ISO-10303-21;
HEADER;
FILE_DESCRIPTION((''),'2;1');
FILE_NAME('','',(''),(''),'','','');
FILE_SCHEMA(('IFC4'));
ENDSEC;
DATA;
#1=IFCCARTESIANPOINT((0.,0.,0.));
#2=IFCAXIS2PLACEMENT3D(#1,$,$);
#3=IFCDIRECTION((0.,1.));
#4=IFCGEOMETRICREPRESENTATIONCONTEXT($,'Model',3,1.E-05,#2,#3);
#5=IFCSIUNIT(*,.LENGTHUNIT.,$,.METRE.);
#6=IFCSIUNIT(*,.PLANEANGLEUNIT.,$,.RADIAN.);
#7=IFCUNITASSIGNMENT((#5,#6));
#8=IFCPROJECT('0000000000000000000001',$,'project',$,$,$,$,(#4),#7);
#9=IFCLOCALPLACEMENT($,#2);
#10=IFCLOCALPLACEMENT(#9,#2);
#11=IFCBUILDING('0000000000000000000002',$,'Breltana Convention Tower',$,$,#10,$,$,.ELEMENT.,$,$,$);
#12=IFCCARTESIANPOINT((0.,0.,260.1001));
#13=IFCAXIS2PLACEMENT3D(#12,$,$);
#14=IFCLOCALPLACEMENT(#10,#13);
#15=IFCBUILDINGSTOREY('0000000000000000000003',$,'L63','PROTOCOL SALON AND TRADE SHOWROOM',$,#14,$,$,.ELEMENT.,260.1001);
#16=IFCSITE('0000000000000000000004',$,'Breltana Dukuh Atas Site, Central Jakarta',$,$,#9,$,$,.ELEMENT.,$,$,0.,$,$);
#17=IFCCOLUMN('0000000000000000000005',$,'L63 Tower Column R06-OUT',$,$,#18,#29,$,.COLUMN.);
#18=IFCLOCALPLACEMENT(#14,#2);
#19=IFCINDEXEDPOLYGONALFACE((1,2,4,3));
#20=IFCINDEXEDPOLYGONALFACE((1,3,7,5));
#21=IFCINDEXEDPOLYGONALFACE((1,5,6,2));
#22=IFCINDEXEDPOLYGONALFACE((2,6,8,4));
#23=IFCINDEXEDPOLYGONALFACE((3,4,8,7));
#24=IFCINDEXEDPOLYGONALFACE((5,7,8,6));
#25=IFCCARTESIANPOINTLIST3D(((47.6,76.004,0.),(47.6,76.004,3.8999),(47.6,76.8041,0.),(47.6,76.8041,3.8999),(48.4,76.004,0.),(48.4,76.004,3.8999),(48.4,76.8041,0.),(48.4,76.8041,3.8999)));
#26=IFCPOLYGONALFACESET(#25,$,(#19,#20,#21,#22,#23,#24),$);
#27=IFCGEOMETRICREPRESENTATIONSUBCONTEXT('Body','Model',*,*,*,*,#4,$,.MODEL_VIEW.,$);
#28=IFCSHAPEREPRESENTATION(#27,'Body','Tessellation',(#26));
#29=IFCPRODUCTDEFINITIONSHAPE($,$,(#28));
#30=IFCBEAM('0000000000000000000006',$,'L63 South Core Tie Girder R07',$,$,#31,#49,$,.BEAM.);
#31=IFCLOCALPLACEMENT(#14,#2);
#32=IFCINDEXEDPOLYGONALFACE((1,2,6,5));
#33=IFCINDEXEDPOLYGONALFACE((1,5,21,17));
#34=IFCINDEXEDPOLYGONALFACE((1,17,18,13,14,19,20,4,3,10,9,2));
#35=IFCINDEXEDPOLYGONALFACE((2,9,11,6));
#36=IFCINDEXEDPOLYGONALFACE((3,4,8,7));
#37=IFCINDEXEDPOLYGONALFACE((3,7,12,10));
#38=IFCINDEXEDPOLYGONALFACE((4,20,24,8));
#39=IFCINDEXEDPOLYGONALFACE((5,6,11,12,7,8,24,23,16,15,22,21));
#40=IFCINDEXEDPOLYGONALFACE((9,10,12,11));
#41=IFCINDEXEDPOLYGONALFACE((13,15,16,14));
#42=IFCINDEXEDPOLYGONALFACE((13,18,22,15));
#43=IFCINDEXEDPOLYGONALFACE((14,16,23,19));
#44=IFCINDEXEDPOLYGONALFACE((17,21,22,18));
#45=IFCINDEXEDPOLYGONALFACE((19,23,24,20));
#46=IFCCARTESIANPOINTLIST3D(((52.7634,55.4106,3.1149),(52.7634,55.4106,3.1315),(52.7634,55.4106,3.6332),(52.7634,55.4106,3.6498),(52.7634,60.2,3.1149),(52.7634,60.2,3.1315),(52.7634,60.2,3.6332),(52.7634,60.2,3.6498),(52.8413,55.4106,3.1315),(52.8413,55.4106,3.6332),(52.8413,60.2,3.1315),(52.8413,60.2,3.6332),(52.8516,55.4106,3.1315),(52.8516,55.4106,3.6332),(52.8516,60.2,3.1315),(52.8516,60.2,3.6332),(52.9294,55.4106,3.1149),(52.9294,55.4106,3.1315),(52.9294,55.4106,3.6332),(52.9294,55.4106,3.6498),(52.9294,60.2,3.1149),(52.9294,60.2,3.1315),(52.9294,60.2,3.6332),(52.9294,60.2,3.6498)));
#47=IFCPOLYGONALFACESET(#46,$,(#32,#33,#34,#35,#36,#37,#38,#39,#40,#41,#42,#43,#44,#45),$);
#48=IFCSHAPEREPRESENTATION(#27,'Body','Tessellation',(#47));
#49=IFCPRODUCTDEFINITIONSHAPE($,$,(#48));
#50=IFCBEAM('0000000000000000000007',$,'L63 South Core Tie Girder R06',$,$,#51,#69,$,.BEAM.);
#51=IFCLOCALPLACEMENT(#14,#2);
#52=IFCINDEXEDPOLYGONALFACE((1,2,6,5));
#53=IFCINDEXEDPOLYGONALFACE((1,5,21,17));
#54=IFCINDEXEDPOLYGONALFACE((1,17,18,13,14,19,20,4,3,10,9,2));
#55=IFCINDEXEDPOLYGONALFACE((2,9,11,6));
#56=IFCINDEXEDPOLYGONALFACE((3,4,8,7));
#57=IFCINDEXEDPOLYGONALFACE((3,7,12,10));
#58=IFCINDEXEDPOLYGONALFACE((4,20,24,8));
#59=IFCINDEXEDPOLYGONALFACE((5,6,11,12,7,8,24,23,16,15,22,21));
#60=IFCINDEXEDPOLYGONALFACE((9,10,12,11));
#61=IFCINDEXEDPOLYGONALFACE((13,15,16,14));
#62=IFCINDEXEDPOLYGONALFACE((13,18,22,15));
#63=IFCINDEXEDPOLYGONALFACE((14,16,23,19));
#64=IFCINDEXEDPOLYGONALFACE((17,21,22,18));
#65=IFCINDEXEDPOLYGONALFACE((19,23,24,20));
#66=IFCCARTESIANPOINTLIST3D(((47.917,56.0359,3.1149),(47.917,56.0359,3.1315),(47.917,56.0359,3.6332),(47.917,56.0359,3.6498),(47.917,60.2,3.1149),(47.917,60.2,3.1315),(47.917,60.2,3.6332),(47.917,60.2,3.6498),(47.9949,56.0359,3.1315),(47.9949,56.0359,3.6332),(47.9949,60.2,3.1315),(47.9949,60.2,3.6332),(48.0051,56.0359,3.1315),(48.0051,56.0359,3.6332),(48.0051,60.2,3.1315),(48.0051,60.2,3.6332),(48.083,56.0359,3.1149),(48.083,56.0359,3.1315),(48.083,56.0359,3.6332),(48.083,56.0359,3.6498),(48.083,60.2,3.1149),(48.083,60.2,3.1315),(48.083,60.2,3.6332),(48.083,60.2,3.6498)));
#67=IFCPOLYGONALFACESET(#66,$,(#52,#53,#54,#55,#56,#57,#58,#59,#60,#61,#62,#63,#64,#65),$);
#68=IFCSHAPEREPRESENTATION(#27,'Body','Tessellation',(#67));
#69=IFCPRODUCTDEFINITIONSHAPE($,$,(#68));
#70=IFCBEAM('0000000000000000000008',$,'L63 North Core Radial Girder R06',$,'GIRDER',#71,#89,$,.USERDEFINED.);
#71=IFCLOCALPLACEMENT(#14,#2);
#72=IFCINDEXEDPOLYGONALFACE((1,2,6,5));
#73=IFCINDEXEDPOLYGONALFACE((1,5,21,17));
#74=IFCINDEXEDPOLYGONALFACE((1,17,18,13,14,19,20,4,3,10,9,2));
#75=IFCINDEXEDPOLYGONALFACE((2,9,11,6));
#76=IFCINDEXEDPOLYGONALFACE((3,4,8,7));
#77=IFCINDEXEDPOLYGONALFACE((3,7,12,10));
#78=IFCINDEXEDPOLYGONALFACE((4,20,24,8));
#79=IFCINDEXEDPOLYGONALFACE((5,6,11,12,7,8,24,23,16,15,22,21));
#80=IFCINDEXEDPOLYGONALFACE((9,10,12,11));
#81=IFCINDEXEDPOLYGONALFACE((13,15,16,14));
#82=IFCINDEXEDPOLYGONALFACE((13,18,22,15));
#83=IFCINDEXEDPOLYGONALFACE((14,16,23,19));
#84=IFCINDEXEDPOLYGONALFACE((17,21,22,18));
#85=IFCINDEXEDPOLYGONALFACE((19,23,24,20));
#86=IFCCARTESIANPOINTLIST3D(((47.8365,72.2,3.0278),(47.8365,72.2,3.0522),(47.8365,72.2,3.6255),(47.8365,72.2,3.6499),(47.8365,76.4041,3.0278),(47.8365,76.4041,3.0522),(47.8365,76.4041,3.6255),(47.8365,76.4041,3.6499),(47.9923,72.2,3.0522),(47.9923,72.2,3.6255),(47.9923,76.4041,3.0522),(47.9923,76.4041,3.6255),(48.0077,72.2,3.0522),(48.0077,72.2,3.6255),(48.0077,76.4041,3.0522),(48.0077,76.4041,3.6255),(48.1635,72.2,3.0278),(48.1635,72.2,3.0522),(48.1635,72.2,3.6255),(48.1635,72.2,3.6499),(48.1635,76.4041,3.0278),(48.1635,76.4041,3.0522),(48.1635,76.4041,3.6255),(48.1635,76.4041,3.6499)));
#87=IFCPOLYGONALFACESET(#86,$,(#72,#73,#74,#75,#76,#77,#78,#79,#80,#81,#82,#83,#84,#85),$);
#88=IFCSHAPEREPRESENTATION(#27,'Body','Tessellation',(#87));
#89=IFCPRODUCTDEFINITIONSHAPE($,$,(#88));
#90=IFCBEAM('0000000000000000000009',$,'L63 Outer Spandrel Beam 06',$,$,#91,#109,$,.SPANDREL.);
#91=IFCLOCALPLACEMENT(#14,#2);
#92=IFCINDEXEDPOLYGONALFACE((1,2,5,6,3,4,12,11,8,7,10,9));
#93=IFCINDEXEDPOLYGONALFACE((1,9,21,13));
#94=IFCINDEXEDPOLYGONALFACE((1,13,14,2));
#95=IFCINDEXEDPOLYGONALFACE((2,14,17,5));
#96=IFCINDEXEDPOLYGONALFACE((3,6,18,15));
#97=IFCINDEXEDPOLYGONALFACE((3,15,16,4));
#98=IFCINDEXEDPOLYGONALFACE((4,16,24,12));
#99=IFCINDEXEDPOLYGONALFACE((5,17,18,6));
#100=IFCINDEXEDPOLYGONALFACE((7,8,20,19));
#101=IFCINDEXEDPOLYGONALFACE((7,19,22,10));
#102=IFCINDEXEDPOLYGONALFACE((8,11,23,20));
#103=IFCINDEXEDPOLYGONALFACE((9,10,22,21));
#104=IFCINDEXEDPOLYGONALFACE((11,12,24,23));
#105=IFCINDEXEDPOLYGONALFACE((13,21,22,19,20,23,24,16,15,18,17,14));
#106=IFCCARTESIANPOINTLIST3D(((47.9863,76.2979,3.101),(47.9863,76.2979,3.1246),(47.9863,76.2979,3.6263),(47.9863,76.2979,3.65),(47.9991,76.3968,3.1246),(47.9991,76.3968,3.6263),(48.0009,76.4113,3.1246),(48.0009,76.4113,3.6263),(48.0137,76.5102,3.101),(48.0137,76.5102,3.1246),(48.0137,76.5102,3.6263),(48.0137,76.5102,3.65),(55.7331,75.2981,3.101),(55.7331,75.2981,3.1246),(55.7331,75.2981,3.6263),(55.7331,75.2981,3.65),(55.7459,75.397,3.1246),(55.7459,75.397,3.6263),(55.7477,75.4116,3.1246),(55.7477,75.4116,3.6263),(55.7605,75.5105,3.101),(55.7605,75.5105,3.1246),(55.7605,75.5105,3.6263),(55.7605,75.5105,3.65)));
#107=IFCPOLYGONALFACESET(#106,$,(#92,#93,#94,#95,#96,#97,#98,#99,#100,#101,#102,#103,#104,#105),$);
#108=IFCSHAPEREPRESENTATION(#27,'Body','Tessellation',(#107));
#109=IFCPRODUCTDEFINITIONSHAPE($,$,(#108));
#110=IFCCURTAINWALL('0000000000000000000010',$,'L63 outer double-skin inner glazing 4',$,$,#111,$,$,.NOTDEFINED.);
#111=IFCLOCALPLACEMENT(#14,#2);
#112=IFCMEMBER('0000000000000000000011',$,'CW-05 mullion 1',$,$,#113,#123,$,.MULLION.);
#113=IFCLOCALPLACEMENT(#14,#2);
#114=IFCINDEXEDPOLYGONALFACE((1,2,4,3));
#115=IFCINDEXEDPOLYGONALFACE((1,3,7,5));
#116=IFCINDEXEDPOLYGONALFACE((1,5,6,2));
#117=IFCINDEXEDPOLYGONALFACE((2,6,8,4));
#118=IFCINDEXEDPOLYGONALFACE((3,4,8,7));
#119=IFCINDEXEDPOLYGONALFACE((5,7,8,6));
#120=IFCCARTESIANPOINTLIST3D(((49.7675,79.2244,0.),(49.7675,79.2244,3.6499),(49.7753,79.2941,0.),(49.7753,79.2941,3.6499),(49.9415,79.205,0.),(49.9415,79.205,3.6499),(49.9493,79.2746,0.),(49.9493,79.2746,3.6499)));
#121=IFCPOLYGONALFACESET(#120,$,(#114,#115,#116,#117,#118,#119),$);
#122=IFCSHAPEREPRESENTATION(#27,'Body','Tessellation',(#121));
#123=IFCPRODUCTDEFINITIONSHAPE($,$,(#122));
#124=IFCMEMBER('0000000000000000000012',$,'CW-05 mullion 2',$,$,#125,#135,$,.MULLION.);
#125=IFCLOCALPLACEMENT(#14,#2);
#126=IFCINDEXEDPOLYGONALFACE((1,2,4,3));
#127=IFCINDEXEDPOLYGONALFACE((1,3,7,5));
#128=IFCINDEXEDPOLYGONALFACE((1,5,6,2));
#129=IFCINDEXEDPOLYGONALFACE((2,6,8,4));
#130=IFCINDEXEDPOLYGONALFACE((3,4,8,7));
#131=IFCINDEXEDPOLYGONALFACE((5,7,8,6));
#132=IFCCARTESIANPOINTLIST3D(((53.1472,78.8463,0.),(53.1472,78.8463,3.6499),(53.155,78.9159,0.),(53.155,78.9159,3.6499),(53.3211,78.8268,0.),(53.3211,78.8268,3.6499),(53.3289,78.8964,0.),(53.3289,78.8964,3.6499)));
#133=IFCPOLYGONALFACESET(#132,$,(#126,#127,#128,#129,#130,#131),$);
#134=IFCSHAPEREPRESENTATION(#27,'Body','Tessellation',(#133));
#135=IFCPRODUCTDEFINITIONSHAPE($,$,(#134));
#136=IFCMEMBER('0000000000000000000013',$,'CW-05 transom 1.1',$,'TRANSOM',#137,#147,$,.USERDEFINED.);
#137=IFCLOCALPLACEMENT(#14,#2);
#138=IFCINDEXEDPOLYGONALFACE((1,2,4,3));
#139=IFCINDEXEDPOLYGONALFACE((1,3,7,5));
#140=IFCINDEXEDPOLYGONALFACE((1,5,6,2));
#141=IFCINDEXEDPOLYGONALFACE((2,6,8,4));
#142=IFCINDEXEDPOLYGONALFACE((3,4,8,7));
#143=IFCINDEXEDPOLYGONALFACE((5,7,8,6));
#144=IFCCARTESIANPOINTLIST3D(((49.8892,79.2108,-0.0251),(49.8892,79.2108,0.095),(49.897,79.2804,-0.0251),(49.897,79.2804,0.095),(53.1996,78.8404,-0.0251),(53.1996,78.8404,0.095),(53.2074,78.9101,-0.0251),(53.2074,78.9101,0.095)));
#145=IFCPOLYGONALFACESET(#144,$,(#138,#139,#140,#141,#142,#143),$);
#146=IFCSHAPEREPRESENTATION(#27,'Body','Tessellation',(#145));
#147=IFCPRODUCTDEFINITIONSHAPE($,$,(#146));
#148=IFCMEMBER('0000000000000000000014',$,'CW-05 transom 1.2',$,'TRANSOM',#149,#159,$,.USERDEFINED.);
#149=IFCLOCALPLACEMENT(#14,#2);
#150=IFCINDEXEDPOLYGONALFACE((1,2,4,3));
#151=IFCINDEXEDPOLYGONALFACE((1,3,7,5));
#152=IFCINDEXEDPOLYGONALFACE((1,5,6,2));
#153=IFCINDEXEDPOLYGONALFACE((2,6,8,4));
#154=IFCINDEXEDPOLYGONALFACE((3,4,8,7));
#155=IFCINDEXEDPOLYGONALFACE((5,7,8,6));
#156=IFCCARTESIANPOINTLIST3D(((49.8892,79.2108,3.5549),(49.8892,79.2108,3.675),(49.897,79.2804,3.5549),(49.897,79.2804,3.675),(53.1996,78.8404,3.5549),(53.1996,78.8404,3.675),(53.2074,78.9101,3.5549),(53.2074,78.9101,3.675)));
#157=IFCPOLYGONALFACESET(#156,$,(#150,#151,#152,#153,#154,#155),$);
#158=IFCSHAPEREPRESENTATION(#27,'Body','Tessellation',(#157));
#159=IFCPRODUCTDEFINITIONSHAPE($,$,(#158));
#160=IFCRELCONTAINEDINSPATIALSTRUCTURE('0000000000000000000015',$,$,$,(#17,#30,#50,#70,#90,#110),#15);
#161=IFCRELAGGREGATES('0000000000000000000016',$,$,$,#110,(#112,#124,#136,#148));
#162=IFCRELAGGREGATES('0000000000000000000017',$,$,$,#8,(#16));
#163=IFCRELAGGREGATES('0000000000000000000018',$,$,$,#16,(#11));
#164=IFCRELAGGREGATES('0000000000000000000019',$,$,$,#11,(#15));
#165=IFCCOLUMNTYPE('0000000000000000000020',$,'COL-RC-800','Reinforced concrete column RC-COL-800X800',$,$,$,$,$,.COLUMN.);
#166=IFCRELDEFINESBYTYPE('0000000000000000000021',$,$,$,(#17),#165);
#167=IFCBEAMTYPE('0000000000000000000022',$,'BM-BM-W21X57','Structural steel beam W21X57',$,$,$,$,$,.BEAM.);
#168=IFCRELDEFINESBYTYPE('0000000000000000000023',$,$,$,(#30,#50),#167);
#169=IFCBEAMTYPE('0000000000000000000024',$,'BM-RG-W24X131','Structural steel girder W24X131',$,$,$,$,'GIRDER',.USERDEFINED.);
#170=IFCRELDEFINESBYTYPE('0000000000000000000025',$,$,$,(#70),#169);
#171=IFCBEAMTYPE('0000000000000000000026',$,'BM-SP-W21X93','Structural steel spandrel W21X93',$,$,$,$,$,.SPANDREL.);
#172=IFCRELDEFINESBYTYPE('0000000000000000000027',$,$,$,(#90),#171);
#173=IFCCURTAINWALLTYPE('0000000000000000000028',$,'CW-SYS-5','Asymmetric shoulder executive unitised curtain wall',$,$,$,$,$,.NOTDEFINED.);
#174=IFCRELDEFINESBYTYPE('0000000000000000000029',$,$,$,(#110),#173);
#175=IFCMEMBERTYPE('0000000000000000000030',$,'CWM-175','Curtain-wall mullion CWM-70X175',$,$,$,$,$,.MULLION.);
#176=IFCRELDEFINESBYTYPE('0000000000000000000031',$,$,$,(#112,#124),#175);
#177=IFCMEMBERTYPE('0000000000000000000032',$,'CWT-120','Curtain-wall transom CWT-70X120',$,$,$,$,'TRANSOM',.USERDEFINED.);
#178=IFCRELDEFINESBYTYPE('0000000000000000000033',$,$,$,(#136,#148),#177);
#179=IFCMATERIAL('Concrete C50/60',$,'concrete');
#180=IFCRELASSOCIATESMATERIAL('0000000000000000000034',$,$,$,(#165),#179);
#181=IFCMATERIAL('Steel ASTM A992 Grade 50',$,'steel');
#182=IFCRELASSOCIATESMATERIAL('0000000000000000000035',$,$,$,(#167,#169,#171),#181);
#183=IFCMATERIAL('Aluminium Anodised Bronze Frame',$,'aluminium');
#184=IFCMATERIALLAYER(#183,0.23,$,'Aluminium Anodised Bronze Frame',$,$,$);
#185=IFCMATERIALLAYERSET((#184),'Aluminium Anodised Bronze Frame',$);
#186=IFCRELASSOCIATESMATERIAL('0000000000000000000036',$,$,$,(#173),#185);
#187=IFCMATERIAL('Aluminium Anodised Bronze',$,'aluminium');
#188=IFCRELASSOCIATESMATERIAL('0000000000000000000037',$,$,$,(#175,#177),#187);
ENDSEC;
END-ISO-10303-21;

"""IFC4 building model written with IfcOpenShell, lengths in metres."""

from ifc_helpers import new_model, si_unit, direction, frame, origin, origin_2d, place, context, subcontext, project, spatial, rectangle, i_section, extrude, source, transform, mapped, material, layer, layer_set, material_profile, profile_set, type_object, element, aggregate, save


model = new_model("IFC4")

# Units and contexts
model_context = context("Model", 3, precision=1e-05, world=origin(), true_north=direction((0.0, 1.0)))
body_context = subcontext(model_context, "Body", "Model", "MODEL_VIEW")
ifc_project = project(units=[si_unit("LENGTHUNIT", "METRE"), si_unit("PLANEANGLEUNIT", "RADIAN")], contexts=[model_context])

# Site, building, storey
site_placement = place(None, origin())
site = spatial("IfcSite", under=ifc_project, at=site_placement, Name="Breltana Dukuh Atas Site, Central Jakarta", CompositionType="ELEMENT", RefElevation=0.0)
building_placement = place(site_placement, origin())
building = spatial("IfcBuilding", under=site, at=building_placement, Name="Breltana Convention Tower", CompositionType="ELEMENT")
storey_placement = place(building_placement, frame((0.0, 0.0, 260.1001)))
storey = spatial("IfcBuildingStorey", under=building, at=storey_placement, Name="L63", Description="PROTOCOL SALON AND TRADE SHOWROOM", CompositionType="ELEMENT", Elevation=260.1001)

# Column
ifc_material_1 = material(Name="Concrete C50/60", Category="concrete")
ifc_material_profile_1 = material_profile(ifc_material_1, rectangle(XDim=0.8, YDim=0.8, at=origin_2d()), Name="RC-COL-800X800")
ifc_profile_set_1 = profile_set([ifc_material_profile_1], Name="Concrete C50/60")
column_type = type_object("IfcColumnType", Name="COL-RC-800", Description="Reinforced concrete column RC-COL-800X800", PredefinedType="COLUMN", material=ifc_profile_set_1)
shared_shape_1 = source(origin(), body_context, "Body", "SweptSolid", [
    extrude(rectangle(XDim=0.8, YDim=0.8, at=origin_2d()), origin(), (0.0, 0.0, 1.0), 3.8999),
])
column_placement = place(storey_placement, frame((48.0, 76.4041, 0.0), z_axis=(0.0, 0.0, 1.0), x_axis=(0.0, 1.0, 0.0)))
element("IfcColumn", 1, at=column_placement, inside=storey, type_object=column_type, Name="L63 Tower Column R06-OUT", PredefinedType="COLUMN", context=body_context, shape_type="MappedRepresentation", body=[
    mapped(shared_shape_1, transform((0.0, 0.0, 0.0), scale=1.0)),
])

# Beams
ifc_material_2 = material(Name="Steel ASTM A992 Grade 50", Category="steel")
ifc_material_profile_2 = material_profile(ifc_material_2, i_section(OverallWidth=0.166, OverallDepth=0.5349, WebThickness=0.0103, FlangeThickness=0.0166, at=origin_2d()), Name="W21X57")
ifc_profile_set_2 = profile_set([ifc_material_profile_2], Name="Steel ASTM A992 Grade 50")
beam_type_1 = type_object("IfcBeamType", Name="BM-BM-W21X57", Description="Structural steel beam W21X57", PredefinedType="BEAM", material=ifc_profile_set_2)
shared_shape_2 = source(origin(), body_context, "Body", "SweptSolid", [
    extrude(i_section(OverallWidth=0.166, OverallDepth=0.5349, WebThickness=0.0103, FlangeThickness=0.0166, at=origin_2d()), origin(), (0.0, 0.0, 1.0), 4.7893),
])
beam_1_placement = place(storey_placement, frame((52.8464, 60.2, 3.3823), z_axis=(0.0, -1.0, 0.0), x_axis=(1.0, 0.0, 0.0)))
element("IfcBeam", 2, at=beam_1_placement, inside=storey, type_object=beam_type_1, Name="L63 South Core Tie Girder R07", PredefinedType="BEAM", context=body_context, shape_type="MappedRepresentation", body=[
    mapped(shared_shape_2, transform((0.0, 0.0, 0.0), scale=1.0)),
])
shared_shape_3 = source(origin(), body_context, "Body", "SweptSolid", [
    extrude(i_section(OverallWidth=0.166, OverallDepth=0.5349, WebThickness=0.0103, FlangeThickness=0.0166, at=origin_2d()), origin(), (0.0, 0.0, 1.0), 4.1641),
])
beam_2_placement = place(storey_placement, frame((48.0, 60.2, 3.3823), z_axis=(0.0, -1.0, 0.0), x_axis=(1.0, 0.0, 0.0)))
element("IfcBeam", 3, at=beam_2_placement, inside=storey, type_object=beam_type_1, Name="L63 South Core Tie Girder R06", PredefinedType="BEAM", context=body_context, shape_type="MappedRepresentation", body=[
    mapped(shared_shape_3, transform((0.0, 0.0, 0.0), scale=1.0)),
])
ifc_material_profile_3 = material_profile(ifc_material_2, i_section(OverallWidth=0.3269, OverallDepth=0.6221, WebThickness=0.0154, FlangeThickness=0.0244, at=origin_2d()), Name="W24X131")
ifc_profile_set_3 = profile_set([ifc_material_profile_3], Name="Steel ASTM A992 Grade 50")
beam_type_2 = type_object("IfcBeamType", Name="BM-RG-W24X131", Description="Structural steel girder W24X131", ElementType="GIRDER", PredefinedType="USERDEFINED", material=ifc_profile_set_3)
shared_shape_4 = source(origin(), body_context, "Body", "SweptSolid", [
    extrude(i_section(OverallWidth=0.3269, OverallDepth=0.6221, WebThickness=0.0154, FlangeThickness=0.0244, at=origin_2d()), origin(), (0.0, 0.0, 1.0), 4.2041),
])
beam_3_placement = place(storey_placement, frame((48.0, 72.2, 3.3389), z_axis=(0.0, 1.0, 0.0), x_axis=(-1.0, 0.0, 0.0)))
element("IfcBeam", 4, at=beam_3_placement, inside=storey, type_object=beam_type_2, Name="L63 North Core Radial Girder R06", ObjectType="GIRDER", PredefinedType="USERDEFINED", context=body_context, shape_type="MappedRepresentation", body=[
    mapped(shared_shape_4, transform((0.0, 0.0, 0.0), scale=1.0)),
])
ifc_material_profile_4 = material_profile(ifc_material_2, i_section(OverallWidth=0.2141, OverallDepth=0.5491, WebThickness=0.0146, FlangeThickness=0.0237, at=origin_2d()), Name="W21X93")
ifc_profile_set_4 = profile_set([ifc_material_profile_4], Name="Steel ASTM A992 Grade 50")
beam_type_3 = type_object("IfcBeamType", Name="BM-SP-W21X93", Description="Structural steel spandrel W21X93", PredefinedType="SPANDREL", material=ifc_profile_set_4)
shared_shape_5 = source(origin(), body_context, "Body", "SweptSolid", [
    extrude(i_section(OverallWidth=0.2141, OverallDepth=0.5491, WebThickness=0.0146, FlangeThickness=0.0237, at=origin_2d()), origin(), (0.0, 0.0, 1.0), 7.811),
])
beam_4_placement = place(storey_placement, frame((48.0, 76.4041, 3.3755), z_axis=(0.991775, -0.127992, 0.0), x_axis=(0.127992, 0.991775, 0.0)))
element("IfcBeam", 5, at=beam_4_placement, inside=storey, type_object=beam_type_3, Name="L63 Outer Spandrel Beam 06", PredefinedType="SPANDREL", context=body_context, shape_type="MappedRepresentation", body=[
    mapped(shared_shape_5, transform((0.0, 0.0, 0.0), scale=1.0)),
])

# Curtain wall, members
ifc_material_3 = material(Name="Aluminium Anodised Bronze Frame", Category="aluminium")
ifc_layer_1 = layer(ifc_material_3, 0.23, Name="Aluminium Anodised Bronze Frame")
ifc_layer_set_1 = layer_set([ifc_layer_1], Name="Aluminium Anodised Bronze Frame")
curtain_wall_type = type_object("IfcCurtainWallType", Name="CW-SYS-5", Description="Asymmetric shoulder executive unitised curtain wall", PredefinedType="NOTDEFINED", material=ifc_layer_set_1)
curtain_wall_placement = place(storey_placement, origin())
curtain_wall = element("IfcCurtainWall", 6, at=curtain_wall_placement, inside=storey, type_object=curtain_wall_type, Name="L63 outer double-skin inner glazing 4", PredefinedType="NOTDEFINED")
ifc_material_4 = material(Name="Aluminium Anodised Bronze", Category="aluminium")
ifc_material_profile_5 = material_profile(ifc_material_4, rectangle(XDim=0.0701, YDim=0.175, at=origin_2d()), Name="CWM-70X175")
ifc_profile_set_5 = profile_set([ifc_material_profile_5], Name="Aluminium Anodised Bronze")
member_type_1 = type_object("IfcMemberType", Name="CWM-175", Description="Curtain-wall mullion CWM-70X175", PredefinedType="MULLION", material=ifc_profile_set_5)
shared_shape_6 = source(origin(), body_context, "Body", "SweptSolid", [
    extrude(rectangle(XDim=0.0701, YDim=0.175, at=origin_2d()), origin(), (0.0, 0.0, 1.0), 3.6499),
])
member_1_placement = place(storey_placement, frame((49.8584, 79.2495, 0.0), z_axis=(0.0, 0.0, 1.0), x_axis=(0.111241, 0.993793, 0.0)))
member_1 = element("IfcMember", 7, at=member_1_placement, type_object=member_type_1, Name="CW-05 mullion 1", PredefinedType="MULLION", context=body_context, shape_type="MappedRepresentation", body=[
    mapped(shared_shape_6, transform((0.0, 0.0, 0.0), scale=1.0)),
])
member_2_placement = place(storey_placement, frame((53.238, 78.8713, 0.0), z_axis=(0.0, 0.0, 1.0), x_axis=(0.111241, 0.993793, 0.0)))
member_2 = element("IfcMember", 8, at=member_2_placement, type_object=member_type_1, Name="CW-05 mullion 2", PredefinedType="MULLION", context=body_context, shape_type="MappedRepresentation", body=[
    mapped(shared_shape_6, transform((0.0, 0.0, 0.0), scale=1.0)),
])
ifc_material_profile_6 = material_profile(ifc_material_4, rectangle(XDim=0.0701, YDim=0.1201, at=origin_2d()), Name="CWT-70X120")
ifc_profile_set_6 = profile_set([ifc_material_profile_6], Name="Aluminium Anodised Bronze")
member_type_2 = type_object("IfcMemberType", Name="CWT-120", Description="Curtain-wall transom CWT-70X120", ElementType="TRANSOM", PredefinedType="USERDEFINED", material=ifc_profile_set_6)
shared_shape_7 = source(origin(), body_context, "Body", "SweptSolid", [
    extrude(rectangle(XDim=0.0701, YDim=0.1201, at=origin_2d()), origin(), (0.0, 0.0, 1.0), 3.3311),
])
member_3_placement = place(storey_placement, frame((49.8931, 79.2456, 0.0349), z_axis=(0.993799, -0.111188, 0.0), x_axis=(0.111188, 0.993799, 0.0)))
member_3 = element("IfcMember", 9, at=member_3_placement, type_object=member_type_2, Name="CW-05 transom 1.1", ObjectType="TRANSOM", PredefinedType="USERDEFINED", context=body_context, shape_type="MappedRepresentation", body=[
    mapped(shared_shape_7, transform((0.0, 0.0, 0.0), scale=1.0)),
])
member_4_placement = place(storey_placement, frame((49.8931, 79.2456, 3.615), z_axis=(0.993799, -0.111188, 0.0), x_axis=(0.111188, 0.993799, 0.0)))
member_4 = element("IfcMember", 10, at=member_4_placement, type_object=member_type_2, Name="CW-05 transom 1.2", ObjectType="TRANSOM", PredefinedType="USERDEFINED", context=body_context, shape_type="MappedRepresentation", body=[
    mapped(shared_shape_7, transform((0.0, 0.0, 0.0), scale=1.0)),
])
aggregate(curtain_wall, [member_1, member_2, member_3, member_4])

save(model, "model.ifc")
